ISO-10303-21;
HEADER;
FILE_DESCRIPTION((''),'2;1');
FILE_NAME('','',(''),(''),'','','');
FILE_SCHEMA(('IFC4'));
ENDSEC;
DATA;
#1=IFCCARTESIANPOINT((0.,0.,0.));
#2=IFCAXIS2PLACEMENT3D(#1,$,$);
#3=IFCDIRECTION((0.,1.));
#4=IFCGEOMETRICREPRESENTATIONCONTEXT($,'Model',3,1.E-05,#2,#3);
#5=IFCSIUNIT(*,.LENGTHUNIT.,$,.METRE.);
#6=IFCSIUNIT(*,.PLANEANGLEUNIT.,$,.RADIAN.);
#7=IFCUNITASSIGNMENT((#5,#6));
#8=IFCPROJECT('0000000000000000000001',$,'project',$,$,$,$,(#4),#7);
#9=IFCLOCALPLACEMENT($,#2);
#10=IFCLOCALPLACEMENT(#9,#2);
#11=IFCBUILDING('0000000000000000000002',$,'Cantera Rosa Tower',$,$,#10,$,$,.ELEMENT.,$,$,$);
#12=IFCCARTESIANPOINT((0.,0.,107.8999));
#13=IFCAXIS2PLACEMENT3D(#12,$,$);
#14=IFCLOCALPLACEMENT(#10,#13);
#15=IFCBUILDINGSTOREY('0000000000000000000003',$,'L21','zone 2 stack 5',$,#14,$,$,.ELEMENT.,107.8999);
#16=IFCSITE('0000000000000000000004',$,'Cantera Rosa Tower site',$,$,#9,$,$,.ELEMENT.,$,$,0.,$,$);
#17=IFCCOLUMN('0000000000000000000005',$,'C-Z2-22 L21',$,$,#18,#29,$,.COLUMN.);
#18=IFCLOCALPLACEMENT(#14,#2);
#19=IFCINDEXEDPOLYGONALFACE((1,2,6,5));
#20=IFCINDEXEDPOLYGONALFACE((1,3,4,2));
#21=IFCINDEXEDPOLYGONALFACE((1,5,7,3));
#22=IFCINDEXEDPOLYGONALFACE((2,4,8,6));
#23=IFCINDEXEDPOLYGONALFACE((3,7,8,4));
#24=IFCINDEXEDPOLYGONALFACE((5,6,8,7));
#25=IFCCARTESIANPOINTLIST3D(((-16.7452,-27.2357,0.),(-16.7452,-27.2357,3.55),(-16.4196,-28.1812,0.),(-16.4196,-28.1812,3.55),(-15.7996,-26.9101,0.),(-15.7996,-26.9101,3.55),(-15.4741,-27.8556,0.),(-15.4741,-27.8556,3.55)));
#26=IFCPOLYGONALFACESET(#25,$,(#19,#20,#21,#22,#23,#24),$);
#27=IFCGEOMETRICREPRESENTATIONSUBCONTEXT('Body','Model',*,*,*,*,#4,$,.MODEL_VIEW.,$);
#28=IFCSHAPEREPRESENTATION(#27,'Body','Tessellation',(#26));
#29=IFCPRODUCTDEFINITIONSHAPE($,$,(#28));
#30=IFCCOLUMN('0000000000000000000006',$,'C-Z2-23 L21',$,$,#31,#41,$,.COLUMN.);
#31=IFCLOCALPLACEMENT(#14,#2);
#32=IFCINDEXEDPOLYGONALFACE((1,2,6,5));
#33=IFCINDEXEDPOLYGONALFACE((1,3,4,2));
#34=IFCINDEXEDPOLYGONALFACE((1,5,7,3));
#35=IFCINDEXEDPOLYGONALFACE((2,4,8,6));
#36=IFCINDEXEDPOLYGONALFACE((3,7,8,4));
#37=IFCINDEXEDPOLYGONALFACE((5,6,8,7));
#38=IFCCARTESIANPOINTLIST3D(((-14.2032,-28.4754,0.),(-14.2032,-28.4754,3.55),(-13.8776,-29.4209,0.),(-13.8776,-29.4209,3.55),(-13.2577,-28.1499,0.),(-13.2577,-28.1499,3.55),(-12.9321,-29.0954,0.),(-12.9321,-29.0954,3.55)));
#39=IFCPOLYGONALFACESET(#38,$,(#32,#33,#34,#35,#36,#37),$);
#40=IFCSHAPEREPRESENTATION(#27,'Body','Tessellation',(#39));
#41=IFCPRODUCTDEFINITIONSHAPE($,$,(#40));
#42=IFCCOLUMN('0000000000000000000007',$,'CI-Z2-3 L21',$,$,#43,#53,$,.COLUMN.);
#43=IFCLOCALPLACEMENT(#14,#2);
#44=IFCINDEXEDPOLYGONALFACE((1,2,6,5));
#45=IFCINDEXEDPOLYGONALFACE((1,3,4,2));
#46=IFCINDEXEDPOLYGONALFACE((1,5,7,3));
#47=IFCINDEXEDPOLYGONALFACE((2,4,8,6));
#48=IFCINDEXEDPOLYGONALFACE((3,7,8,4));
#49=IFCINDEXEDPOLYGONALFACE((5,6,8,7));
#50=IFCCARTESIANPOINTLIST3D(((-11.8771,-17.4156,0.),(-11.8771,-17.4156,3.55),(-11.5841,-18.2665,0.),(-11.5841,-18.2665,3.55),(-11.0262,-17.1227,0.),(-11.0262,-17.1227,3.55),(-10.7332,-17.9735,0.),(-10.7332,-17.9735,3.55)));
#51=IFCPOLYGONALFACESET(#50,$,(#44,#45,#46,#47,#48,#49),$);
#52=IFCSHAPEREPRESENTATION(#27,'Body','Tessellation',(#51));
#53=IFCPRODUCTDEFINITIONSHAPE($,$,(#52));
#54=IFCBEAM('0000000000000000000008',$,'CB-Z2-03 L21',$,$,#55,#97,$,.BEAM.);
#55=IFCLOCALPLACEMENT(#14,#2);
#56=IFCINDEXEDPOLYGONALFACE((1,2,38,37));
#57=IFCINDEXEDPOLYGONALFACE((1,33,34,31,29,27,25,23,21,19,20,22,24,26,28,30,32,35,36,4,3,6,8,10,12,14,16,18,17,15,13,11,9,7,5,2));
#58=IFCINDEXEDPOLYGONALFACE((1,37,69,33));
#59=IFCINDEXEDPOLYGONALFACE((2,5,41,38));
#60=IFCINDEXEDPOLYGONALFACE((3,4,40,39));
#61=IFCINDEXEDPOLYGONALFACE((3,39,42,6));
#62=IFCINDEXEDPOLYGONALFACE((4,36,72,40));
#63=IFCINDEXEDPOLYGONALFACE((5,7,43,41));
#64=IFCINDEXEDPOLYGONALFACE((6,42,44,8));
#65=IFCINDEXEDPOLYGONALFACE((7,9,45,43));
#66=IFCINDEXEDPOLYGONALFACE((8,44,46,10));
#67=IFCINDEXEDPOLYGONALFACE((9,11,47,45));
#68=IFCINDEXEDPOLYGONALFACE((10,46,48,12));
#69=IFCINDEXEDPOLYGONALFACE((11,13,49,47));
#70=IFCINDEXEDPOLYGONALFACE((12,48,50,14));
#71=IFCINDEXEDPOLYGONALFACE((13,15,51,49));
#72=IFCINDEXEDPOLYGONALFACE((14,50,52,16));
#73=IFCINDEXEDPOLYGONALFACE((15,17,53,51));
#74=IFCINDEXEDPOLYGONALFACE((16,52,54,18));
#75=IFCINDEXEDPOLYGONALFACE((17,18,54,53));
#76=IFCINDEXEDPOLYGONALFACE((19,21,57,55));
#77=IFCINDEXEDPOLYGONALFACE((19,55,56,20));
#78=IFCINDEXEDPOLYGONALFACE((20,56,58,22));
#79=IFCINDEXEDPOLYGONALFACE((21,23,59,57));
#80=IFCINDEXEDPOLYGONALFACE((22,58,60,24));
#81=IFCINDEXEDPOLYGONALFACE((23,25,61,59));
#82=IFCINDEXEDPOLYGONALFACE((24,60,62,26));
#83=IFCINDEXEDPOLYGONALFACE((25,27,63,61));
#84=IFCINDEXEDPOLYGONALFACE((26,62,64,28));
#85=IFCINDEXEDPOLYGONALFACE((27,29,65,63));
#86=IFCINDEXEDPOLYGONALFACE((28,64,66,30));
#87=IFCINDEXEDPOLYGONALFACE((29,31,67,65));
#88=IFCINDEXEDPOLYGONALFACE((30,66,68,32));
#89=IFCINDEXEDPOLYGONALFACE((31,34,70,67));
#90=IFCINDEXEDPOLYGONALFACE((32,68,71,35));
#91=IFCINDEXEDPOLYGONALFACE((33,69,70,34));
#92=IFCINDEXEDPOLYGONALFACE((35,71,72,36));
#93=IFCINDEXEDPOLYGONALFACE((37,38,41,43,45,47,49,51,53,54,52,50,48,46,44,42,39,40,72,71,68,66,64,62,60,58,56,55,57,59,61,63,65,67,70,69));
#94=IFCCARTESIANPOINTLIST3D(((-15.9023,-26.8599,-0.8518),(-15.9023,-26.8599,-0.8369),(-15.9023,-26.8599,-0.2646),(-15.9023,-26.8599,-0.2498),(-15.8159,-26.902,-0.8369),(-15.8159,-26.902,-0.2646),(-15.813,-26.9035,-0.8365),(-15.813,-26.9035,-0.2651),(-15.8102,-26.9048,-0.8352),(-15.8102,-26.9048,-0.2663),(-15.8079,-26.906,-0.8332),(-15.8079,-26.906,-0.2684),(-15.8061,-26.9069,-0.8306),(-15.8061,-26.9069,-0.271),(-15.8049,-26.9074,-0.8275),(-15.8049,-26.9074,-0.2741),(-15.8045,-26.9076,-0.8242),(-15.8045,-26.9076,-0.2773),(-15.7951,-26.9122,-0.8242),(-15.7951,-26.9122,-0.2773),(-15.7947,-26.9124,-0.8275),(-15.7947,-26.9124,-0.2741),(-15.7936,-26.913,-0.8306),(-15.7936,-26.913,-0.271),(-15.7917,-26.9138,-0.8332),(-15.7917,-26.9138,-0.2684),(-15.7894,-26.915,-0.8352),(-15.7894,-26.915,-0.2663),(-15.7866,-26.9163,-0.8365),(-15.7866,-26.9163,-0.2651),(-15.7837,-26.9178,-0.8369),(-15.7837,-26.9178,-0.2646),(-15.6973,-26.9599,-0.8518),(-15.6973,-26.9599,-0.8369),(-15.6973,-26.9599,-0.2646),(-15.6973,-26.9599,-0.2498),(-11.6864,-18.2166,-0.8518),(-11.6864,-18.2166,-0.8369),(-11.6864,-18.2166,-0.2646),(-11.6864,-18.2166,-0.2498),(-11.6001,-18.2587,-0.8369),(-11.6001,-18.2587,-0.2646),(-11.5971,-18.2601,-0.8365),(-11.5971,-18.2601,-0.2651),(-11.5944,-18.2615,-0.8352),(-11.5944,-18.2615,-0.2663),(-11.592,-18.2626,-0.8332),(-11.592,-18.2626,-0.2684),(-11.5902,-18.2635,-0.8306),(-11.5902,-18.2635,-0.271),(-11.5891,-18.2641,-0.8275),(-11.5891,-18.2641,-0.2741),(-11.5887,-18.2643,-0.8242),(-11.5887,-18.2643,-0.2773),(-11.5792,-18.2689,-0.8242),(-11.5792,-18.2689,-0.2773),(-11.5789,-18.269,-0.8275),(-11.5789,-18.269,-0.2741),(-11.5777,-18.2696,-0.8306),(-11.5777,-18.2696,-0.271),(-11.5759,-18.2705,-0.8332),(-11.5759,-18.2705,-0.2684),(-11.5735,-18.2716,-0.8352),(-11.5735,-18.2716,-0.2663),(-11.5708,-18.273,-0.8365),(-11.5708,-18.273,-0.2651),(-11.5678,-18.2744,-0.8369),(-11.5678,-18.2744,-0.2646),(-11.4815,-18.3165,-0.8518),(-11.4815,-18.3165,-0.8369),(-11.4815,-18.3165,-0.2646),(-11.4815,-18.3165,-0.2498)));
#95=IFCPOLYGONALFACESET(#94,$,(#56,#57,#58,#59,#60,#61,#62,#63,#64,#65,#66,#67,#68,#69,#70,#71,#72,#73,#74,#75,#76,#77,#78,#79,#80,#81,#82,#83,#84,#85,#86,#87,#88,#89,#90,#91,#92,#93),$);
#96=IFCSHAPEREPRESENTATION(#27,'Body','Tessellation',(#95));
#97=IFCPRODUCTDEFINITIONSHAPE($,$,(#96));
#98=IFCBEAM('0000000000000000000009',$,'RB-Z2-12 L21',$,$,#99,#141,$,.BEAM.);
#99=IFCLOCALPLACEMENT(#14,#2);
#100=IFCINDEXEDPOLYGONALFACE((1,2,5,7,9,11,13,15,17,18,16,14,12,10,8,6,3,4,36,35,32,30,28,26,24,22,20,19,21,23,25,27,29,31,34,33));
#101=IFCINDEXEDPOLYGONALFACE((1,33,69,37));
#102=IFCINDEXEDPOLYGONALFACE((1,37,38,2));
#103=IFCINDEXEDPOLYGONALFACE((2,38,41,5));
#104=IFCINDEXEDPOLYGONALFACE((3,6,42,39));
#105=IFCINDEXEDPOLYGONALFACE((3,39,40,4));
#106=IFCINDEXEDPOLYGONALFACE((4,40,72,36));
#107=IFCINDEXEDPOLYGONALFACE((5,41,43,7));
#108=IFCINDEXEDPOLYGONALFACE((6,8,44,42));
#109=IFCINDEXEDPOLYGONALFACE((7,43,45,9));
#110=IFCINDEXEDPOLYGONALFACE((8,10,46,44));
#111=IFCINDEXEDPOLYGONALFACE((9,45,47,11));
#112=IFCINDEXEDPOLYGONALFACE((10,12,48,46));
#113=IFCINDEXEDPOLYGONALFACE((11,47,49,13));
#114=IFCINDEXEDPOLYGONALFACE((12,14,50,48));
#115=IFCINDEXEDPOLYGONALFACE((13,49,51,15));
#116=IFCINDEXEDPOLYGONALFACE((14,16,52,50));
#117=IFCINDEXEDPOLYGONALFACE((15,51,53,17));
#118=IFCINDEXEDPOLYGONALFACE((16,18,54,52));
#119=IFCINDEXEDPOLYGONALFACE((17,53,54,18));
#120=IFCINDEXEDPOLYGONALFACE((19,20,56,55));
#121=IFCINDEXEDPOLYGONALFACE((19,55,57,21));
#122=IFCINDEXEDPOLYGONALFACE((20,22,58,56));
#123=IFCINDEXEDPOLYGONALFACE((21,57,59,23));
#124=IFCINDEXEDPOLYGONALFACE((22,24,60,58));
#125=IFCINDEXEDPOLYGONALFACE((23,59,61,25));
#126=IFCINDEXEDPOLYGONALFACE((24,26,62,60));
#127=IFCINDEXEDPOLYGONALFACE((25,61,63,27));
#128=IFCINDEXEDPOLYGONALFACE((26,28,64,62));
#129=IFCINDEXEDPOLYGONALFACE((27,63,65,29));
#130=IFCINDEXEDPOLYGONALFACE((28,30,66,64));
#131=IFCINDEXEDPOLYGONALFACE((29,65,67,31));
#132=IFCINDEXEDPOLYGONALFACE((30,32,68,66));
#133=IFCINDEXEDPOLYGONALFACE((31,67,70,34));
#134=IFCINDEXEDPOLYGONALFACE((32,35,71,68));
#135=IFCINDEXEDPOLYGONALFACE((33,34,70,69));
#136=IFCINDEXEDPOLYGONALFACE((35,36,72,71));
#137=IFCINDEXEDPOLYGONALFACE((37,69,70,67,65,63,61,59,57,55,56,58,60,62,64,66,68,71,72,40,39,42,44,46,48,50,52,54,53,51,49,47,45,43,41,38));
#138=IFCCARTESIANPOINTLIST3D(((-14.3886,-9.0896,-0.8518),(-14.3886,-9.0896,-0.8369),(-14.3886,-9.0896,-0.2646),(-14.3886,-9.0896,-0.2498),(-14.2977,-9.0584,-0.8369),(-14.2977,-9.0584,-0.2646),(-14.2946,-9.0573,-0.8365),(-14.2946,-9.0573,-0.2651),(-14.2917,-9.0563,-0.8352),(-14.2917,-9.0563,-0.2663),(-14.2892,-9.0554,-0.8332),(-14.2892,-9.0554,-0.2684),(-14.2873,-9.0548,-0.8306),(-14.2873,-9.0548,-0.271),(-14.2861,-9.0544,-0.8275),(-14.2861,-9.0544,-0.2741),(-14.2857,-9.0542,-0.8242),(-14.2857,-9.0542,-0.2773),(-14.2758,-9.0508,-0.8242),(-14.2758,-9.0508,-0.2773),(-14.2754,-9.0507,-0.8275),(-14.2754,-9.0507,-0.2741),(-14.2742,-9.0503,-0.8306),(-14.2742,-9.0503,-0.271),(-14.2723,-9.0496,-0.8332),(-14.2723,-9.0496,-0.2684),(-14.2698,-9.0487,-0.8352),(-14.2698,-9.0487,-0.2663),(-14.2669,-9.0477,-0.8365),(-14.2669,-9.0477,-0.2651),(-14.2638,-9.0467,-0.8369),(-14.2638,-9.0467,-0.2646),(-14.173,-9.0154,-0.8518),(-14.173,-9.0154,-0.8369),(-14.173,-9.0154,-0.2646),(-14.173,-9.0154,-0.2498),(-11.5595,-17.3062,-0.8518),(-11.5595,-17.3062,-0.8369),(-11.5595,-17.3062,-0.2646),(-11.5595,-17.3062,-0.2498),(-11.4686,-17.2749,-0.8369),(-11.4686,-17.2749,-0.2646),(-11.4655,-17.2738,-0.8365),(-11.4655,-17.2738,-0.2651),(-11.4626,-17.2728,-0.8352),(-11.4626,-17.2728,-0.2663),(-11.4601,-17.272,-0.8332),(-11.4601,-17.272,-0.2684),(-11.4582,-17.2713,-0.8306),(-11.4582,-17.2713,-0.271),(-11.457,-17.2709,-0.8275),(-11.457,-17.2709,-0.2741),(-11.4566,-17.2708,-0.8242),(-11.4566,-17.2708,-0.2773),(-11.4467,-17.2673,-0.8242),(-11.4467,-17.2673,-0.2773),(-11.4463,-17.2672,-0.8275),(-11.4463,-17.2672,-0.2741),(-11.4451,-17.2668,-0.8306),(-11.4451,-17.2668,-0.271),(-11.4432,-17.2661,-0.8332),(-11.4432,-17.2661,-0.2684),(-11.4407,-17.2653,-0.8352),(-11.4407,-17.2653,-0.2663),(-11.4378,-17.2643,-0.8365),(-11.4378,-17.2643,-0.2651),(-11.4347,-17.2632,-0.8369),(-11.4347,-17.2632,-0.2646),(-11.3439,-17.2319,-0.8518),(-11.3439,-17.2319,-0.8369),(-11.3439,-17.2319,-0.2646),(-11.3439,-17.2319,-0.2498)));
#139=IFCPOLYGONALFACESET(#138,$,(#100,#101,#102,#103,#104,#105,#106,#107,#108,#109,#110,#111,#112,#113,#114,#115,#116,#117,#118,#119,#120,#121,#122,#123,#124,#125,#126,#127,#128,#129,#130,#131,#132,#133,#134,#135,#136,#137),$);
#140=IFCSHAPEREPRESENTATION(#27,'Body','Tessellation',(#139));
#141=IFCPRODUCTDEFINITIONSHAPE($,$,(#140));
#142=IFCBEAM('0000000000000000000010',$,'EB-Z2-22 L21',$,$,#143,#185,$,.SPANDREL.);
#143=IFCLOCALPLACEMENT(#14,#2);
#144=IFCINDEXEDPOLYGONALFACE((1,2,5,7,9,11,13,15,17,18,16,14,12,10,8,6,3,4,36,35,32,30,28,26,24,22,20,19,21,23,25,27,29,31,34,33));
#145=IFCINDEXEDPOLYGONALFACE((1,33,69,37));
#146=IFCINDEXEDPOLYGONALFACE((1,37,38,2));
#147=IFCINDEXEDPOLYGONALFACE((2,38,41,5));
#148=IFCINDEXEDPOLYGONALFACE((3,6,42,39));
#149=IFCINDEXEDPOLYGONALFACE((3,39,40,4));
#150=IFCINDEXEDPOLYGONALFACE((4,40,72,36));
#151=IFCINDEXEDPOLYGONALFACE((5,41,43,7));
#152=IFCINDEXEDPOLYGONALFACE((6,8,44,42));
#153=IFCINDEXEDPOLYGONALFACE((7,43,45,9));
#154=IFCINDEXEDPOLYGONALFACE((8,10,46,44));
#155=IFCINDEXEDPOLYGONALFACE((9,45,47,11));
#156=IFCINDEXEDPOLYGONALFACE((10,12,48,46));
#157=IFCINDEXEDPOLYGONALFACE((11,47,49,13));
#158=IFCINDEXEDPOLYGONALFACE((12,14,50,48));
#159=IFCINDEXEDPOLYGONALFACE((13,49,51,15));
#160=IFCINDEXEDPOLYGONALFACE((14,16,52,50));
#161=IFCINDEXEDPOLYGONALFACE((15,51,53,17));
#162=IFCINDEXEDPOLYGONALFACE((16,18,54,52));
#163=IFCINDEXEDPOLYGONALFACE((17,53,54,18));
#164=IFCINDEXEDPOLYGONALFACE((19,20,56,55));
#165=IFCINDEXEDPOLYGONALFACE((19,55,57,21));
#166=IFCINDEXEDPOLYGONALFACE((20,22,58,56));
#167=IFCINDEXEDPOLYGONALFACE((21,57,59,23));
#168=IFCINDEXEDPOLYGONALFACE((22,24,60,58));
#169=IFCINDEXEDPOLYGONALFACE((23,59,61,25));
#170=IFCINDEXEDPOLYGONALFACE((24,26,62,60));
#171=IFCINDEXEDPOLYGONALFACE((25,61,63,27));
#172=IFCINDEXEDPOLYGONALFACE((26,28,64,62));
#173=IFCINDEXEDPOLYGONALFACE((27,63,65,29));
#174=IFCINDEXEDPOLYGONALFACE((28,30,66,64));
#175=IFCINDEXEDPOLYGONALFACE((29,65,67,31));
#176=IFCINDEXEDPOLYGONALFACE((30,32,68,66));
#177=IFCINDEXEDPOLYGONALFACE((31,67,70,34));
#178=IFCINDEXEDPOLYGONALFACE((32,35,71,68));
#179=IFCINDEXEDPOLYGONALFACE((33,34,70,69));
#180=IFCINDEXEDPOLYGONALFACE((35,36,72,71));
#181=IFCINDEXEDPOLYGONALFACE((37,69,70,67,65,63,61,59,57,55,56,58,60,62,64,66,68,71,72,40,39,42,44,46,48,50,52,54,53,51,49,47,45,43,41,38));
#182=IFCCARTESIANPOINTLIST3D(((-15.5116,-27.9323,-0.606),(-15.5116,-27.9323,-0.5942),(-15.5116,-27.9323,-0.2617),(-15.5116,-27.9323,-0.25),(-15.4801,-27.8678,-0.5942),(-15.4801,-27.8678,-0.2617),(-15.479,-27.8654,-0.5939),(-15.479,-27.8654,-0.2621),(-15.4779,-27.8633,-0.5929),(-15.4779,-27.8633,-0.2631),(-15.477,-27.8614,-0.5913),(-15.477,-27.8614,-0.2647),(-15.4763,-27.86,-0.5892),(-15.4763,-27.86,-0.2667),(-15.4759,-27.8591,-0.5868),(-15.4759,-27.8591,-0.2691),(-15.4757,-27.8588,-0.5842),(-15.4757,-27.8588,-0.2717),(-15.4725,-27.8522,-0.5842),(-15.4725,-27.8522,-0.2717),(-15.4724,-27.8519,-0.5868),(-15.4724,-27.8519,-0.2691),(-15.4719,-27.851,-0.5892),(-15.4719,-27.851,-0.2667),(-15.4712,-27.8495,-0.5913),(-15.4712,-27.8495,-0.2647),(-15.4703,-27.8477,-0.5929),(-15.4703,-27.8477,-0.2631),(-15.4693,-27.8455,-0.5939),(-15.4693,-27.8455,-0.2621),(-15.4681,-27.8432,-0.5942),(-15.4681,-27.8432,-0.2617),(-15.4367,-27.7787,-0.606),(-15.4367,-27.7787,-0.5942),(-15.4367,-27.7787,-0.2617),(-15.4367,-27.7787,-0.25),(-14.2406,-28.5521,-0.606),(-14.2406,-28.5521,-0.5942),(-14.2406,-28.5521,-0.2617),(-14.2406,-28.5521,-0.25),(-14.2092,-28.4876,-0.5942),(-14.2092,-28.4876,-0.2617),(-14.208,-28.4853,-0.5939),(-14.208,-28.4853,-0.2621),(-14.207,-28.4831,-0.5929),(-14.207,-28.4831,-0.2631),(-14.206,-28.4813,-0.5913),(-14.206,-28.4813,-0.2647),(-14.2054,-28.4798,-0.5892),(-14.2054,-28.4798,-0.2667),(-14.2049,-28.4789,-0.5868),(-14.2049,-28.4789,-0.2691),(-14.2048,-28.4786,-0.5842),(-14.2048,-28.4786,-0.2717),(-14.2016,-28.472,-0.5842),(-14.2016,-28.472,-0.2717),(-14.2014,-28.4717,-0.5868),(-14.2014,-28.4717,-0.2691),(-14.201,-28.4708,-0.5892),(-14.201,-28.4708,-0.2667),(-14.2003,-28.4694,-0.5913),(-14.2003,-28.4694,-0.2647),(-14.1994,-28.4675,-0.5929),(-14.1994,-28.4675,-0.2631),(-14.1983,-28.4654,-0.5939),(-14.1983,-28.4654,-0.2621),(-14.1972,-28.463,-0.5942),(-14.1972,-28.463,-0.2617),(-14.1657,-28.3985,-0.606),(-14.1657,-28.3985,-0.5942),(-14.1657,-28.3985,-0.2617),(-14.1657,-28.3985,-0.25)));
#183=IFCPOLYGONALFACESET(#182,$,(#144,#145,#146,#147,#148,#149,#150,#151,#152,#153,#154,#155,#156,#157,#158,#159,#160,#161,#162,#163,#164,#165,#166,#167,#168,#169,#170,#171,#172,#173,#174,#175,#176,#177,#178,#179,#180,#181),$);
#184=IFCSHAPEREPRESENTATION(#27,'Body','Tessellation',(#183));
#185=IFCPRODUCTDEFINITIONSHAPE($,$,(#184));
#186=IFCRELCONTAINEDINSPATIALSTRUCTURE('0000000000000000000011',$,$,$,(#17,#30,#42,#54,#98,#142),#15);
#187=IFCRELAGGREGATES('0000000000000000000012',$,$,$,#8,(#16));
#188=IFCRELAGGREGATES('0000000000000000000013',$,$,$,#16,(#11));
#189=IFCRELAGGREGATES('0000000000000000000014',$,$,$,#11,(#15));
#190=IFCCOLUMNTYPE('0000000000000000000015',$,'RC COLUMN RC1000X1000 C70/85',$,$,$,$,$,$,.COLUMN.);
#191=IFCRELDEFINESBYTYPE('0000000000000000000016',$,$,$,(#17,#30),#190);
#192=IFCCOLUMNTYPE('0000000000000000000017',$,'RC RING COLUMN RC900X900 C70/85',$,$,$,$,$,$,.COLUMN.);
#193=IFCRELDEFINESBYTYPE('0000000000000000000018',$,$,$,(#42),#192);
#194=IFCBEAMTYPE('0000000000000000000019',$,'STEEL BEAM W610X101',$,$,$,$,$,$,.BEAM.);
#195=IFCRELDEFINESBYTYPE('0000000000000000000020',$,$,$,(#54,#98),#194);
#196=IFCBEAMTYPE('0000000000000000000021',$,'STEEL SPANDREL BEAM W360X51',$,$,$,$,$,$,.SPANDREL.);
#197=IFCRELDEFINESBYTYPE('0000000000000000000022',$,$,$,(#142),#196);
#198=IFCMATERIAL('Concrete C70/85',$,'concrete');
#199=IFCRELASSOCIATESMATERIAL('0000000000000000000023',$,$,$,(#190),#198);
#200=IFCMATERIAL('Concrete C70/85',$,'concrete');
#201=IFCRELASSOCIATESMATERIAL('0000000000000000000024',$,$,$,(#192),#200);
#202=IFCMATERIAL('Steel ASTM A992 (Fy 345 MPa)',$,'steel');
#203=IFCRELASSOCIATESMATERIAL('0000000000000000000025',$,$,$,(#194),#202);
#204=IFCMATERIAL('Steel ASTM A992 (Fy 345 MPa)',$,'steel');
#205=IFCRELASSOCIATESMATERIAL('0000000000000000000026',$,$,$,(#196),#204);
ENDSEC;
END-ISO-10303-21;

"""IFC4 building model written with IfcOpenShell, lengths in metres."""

from ifc_helpers import new_model, si_unit, direction, frame, origin, origin_2d, place, context, subcontext, project, spatial, rectangle, i_section, extrude, material, material_profile, profile_set, type_object, element, save


model = new_model("IFC4")

# Units and contexts
model_context = context("Model", 3, precision=1e-05, world=origin(), true_north=direction((0.0, 1.0)))
body_context = subcontext(model_context, "Body", "Model", "MODEL_VIEW")
ifc_project = project(units=[si_unit("LENGTHUNIT", "METRE"), si_unit("PLANEANGLEUNIT", "RADIAN")], contexts=[model_context])

# Site, building, storey
site_placement = place(None, origin())
site = spatial("IfcSite", under=ifc_project, at=site_placement, Name="Cantera Rosa Tower site", CompositionType="ELEMENT", RefElevation=0.0)
building_placement = place(site_placement, origin())
building = spatial("IfcBuilding", under=site, at=building_placement, Name="Cantera Rosa Tower", CompositionType="ELEMENT")
storey_placement = place(building_placement, frame((0.0, 0.0, 107.8999)))
storey = spatial("IfcBuildingStorey", under=building, at=storey_placement, Name="L21", Description="zone 2 stack 5", CompositionType="ELEMENT", Elevation=107.8999)

# Columns
ifc_material_1 = material(Name="Concrete C70/85", Category="concrete")
ifc_material_profile_1 = material_profile(ifc_material_1, rectangle(XDim=1.0, YDim=1.0, at=origin_2d()), Name="RC COLUMN RC1000X1000 C70/85")
ifc_profile_set_1 = profile_set([ifc_material_profile_1], Name="Concrete C70/85")
column_type_1 = type_object("IfcColumnType", Name="RC COLUMN RC1000X1000 C70/85", PredefinedType="COLUMN", material=ifc_profile_set_1)
for number, where, z_axis, x_axis, name in (
    (1, (-16.1096, -27.5457, 0.0), (0.0, 0.0, 1.0), (0.945519, 0.325568, 0.0), "C-Z2-22 L21"),
    (2, (-13.5676, -28.7854, 0.0), (0.0, 0.0, 1.0), (0.945519, 0.325568, 0.0), "C-Z2-23 L21"),
):
    element("IfcColumn", number, at=place(storey_placement, frame(where, z_axis=z_axis, x_axis=x_axis)), inside=storey, type_object=column_type_1, Name=name, PredefinedType="COLUMN", context=body_context, shape_type="SweptSolid", body=[
        extrude(rectangle(XDim=1.0, YDim=1.0, at=origin_2d()), origin(), (0.0, 0.0, 1.0), 3.55),
    ])
ifc_material_2 = material(Name="Concrete C70/85", Category="concrete")
ifc_material_profile_2 = material_profile(ifc_material_2, rectangle(XDim=0.8999, YDim=0.8999, at=origin_2d()), Name="RC RING COLUMN RC900X900 C70/85")
ifc_profile_set_2 = profile_set([ifc_material_profile_2], Name="Concrete C70/85")
column_type_2 = type_object("IfcColumnType", Name="RC RING COLUMN RC900X900 C70/85", PredefinedType="COLUMN", material=ifc_profile_set_2)
column_placement = place(storey_placement, frame((-11.3052, -17.6946, 0.0), z_axis=(0.0, 0.0, 1.0), x_axis=(0.945519, 0.325568, 0.0)))
element("IfcColumn", 3, at=column_placement, inside=storey, type_object=column_type_2, Name="CI-Z2-3 L21", PredefinedType="COLUMN", context=body_context, shape_type="SweptSolid", body=[
    extrude(rectangle(XDim=0.8999, YDim=0.8999, at=origin_2d()), origin(), (0.0, 0.0, 1.0), 3.55),
])

# Beams
ifc_material_3 = material(Name="Steel ASTM A992 (Fy 345 MPa)", Category="steel")
ifc_material_profile_3 = material_profile(ifc_material_3, i_section(OverallWidth=0.228, OverallDepth=0.6021, WebThickness=0.0105, FlangeThickness=0.0149, FilletRadius=0.0127, at=origin_2d()), Name="W610X101")
ifc_profile_set_3 = profile_set([ifc_material_profile_3], Name="Steel ASTM A992 (Fy 345 MPa)")
beam_type_1 = type_object("IfcBeamType", Name="STEEL BEAM W610X101", PredefinedType="BEAM", material=ifc_profile_set_3)
beam_1_placement = place(storey_placement, frame((-15.7998, -26.9099, -0.5508), z_axis=(0.438388, 0.898786, 0.0), x_axis=(-0.898786, 0.438388, 0.0)))
element("IfcBeam", 4, at=beam_1_placement, inside=storey, type_object=beam_type_1, Name="CB-Z2-03 L21", PredefinedType="BEAM", context=body_context, shape_type="SweptSolid", body=[
    extrude(i_section(OverallWidth=0.228, OverallDepth=0.6021, WebThickness=0.0105, FlangeThickness=0.0149, FilletRadius=0.0127, at=origin_2d()), origin(), (0.0, 0.0, 1.0), 9.6167),
])
beam_2_placement = place(storey_placement, frame((-11.4517, -17.269, -0.5508), z_axis=(-0.325559, 0.945522, 0.0), x_axis=(-0.945522, -0.325559, 0.0)))
element("IfcBeam", 5, at=beam_2_placement, inside=storey, type_object=beam_type_1, Name="RB-Z2-12 L21", PredefinedType="BEAM", context=body_context, shape_type="SweptSolid", body=[
    extrude(i_section(OverallWidth=0.228, OverallDepth=0.6021, WebThickness=0.0105, FlangeThickness=0.0149, FilletRadius=0.0127, at=origin_2d()), origin(), (0.0, 0.0, 1.0), 8.6899),
])
ifc_material_4 = material(Name="Steel ASTM A992 (Fy 345 MPa)", Category="steel")
ifc_material_profile_4 = material_profile(ifc_material_4, i_section(OverallWidth=0.1709, OverallDepth=0.356, WebThickness=0.0073, FlangeThickness=0.0117, FilletRadius=0.01, at=origin_2d()), Name="W360X51")
ifc_profile_set_4 = profile_set([ifc_material_profile_4], Name="Steel ASTM A992 (Fy 345 MPa)")
beam_type_2 = type_object("IfcBeamType", Name="STEEL SPANDREL BEAM W360X51", PredefinedType="SPANDREL", material=ifc_profile_set_4)
beam_3_placement = place(storey_placement, frame((-15.4741, -27.8555, -0.428), z_axis=(0.898803, -0.438352, 0.0), x_axis=(0.438352, 0.898803, 0.0)))
element("IfcBeam", 6, at=beam_3_placement, inside=storey, type_object=beam_type_2, Name="EB-Z2-22 L21", PredefinedType="SPANDREL", context=body_context, shape_type="SweptSolid", body=[
    extrude(i_section(OverallWidth=0.1709, OverallDepth=0.356, WebThickness=0.0073, FlangeThickness=0.0117, FilletRadius=0.01, at=origin_2d()), origin(), (0.0, 0.0, 1.0), 1.4141),
])

save(model, "model.ifc")
